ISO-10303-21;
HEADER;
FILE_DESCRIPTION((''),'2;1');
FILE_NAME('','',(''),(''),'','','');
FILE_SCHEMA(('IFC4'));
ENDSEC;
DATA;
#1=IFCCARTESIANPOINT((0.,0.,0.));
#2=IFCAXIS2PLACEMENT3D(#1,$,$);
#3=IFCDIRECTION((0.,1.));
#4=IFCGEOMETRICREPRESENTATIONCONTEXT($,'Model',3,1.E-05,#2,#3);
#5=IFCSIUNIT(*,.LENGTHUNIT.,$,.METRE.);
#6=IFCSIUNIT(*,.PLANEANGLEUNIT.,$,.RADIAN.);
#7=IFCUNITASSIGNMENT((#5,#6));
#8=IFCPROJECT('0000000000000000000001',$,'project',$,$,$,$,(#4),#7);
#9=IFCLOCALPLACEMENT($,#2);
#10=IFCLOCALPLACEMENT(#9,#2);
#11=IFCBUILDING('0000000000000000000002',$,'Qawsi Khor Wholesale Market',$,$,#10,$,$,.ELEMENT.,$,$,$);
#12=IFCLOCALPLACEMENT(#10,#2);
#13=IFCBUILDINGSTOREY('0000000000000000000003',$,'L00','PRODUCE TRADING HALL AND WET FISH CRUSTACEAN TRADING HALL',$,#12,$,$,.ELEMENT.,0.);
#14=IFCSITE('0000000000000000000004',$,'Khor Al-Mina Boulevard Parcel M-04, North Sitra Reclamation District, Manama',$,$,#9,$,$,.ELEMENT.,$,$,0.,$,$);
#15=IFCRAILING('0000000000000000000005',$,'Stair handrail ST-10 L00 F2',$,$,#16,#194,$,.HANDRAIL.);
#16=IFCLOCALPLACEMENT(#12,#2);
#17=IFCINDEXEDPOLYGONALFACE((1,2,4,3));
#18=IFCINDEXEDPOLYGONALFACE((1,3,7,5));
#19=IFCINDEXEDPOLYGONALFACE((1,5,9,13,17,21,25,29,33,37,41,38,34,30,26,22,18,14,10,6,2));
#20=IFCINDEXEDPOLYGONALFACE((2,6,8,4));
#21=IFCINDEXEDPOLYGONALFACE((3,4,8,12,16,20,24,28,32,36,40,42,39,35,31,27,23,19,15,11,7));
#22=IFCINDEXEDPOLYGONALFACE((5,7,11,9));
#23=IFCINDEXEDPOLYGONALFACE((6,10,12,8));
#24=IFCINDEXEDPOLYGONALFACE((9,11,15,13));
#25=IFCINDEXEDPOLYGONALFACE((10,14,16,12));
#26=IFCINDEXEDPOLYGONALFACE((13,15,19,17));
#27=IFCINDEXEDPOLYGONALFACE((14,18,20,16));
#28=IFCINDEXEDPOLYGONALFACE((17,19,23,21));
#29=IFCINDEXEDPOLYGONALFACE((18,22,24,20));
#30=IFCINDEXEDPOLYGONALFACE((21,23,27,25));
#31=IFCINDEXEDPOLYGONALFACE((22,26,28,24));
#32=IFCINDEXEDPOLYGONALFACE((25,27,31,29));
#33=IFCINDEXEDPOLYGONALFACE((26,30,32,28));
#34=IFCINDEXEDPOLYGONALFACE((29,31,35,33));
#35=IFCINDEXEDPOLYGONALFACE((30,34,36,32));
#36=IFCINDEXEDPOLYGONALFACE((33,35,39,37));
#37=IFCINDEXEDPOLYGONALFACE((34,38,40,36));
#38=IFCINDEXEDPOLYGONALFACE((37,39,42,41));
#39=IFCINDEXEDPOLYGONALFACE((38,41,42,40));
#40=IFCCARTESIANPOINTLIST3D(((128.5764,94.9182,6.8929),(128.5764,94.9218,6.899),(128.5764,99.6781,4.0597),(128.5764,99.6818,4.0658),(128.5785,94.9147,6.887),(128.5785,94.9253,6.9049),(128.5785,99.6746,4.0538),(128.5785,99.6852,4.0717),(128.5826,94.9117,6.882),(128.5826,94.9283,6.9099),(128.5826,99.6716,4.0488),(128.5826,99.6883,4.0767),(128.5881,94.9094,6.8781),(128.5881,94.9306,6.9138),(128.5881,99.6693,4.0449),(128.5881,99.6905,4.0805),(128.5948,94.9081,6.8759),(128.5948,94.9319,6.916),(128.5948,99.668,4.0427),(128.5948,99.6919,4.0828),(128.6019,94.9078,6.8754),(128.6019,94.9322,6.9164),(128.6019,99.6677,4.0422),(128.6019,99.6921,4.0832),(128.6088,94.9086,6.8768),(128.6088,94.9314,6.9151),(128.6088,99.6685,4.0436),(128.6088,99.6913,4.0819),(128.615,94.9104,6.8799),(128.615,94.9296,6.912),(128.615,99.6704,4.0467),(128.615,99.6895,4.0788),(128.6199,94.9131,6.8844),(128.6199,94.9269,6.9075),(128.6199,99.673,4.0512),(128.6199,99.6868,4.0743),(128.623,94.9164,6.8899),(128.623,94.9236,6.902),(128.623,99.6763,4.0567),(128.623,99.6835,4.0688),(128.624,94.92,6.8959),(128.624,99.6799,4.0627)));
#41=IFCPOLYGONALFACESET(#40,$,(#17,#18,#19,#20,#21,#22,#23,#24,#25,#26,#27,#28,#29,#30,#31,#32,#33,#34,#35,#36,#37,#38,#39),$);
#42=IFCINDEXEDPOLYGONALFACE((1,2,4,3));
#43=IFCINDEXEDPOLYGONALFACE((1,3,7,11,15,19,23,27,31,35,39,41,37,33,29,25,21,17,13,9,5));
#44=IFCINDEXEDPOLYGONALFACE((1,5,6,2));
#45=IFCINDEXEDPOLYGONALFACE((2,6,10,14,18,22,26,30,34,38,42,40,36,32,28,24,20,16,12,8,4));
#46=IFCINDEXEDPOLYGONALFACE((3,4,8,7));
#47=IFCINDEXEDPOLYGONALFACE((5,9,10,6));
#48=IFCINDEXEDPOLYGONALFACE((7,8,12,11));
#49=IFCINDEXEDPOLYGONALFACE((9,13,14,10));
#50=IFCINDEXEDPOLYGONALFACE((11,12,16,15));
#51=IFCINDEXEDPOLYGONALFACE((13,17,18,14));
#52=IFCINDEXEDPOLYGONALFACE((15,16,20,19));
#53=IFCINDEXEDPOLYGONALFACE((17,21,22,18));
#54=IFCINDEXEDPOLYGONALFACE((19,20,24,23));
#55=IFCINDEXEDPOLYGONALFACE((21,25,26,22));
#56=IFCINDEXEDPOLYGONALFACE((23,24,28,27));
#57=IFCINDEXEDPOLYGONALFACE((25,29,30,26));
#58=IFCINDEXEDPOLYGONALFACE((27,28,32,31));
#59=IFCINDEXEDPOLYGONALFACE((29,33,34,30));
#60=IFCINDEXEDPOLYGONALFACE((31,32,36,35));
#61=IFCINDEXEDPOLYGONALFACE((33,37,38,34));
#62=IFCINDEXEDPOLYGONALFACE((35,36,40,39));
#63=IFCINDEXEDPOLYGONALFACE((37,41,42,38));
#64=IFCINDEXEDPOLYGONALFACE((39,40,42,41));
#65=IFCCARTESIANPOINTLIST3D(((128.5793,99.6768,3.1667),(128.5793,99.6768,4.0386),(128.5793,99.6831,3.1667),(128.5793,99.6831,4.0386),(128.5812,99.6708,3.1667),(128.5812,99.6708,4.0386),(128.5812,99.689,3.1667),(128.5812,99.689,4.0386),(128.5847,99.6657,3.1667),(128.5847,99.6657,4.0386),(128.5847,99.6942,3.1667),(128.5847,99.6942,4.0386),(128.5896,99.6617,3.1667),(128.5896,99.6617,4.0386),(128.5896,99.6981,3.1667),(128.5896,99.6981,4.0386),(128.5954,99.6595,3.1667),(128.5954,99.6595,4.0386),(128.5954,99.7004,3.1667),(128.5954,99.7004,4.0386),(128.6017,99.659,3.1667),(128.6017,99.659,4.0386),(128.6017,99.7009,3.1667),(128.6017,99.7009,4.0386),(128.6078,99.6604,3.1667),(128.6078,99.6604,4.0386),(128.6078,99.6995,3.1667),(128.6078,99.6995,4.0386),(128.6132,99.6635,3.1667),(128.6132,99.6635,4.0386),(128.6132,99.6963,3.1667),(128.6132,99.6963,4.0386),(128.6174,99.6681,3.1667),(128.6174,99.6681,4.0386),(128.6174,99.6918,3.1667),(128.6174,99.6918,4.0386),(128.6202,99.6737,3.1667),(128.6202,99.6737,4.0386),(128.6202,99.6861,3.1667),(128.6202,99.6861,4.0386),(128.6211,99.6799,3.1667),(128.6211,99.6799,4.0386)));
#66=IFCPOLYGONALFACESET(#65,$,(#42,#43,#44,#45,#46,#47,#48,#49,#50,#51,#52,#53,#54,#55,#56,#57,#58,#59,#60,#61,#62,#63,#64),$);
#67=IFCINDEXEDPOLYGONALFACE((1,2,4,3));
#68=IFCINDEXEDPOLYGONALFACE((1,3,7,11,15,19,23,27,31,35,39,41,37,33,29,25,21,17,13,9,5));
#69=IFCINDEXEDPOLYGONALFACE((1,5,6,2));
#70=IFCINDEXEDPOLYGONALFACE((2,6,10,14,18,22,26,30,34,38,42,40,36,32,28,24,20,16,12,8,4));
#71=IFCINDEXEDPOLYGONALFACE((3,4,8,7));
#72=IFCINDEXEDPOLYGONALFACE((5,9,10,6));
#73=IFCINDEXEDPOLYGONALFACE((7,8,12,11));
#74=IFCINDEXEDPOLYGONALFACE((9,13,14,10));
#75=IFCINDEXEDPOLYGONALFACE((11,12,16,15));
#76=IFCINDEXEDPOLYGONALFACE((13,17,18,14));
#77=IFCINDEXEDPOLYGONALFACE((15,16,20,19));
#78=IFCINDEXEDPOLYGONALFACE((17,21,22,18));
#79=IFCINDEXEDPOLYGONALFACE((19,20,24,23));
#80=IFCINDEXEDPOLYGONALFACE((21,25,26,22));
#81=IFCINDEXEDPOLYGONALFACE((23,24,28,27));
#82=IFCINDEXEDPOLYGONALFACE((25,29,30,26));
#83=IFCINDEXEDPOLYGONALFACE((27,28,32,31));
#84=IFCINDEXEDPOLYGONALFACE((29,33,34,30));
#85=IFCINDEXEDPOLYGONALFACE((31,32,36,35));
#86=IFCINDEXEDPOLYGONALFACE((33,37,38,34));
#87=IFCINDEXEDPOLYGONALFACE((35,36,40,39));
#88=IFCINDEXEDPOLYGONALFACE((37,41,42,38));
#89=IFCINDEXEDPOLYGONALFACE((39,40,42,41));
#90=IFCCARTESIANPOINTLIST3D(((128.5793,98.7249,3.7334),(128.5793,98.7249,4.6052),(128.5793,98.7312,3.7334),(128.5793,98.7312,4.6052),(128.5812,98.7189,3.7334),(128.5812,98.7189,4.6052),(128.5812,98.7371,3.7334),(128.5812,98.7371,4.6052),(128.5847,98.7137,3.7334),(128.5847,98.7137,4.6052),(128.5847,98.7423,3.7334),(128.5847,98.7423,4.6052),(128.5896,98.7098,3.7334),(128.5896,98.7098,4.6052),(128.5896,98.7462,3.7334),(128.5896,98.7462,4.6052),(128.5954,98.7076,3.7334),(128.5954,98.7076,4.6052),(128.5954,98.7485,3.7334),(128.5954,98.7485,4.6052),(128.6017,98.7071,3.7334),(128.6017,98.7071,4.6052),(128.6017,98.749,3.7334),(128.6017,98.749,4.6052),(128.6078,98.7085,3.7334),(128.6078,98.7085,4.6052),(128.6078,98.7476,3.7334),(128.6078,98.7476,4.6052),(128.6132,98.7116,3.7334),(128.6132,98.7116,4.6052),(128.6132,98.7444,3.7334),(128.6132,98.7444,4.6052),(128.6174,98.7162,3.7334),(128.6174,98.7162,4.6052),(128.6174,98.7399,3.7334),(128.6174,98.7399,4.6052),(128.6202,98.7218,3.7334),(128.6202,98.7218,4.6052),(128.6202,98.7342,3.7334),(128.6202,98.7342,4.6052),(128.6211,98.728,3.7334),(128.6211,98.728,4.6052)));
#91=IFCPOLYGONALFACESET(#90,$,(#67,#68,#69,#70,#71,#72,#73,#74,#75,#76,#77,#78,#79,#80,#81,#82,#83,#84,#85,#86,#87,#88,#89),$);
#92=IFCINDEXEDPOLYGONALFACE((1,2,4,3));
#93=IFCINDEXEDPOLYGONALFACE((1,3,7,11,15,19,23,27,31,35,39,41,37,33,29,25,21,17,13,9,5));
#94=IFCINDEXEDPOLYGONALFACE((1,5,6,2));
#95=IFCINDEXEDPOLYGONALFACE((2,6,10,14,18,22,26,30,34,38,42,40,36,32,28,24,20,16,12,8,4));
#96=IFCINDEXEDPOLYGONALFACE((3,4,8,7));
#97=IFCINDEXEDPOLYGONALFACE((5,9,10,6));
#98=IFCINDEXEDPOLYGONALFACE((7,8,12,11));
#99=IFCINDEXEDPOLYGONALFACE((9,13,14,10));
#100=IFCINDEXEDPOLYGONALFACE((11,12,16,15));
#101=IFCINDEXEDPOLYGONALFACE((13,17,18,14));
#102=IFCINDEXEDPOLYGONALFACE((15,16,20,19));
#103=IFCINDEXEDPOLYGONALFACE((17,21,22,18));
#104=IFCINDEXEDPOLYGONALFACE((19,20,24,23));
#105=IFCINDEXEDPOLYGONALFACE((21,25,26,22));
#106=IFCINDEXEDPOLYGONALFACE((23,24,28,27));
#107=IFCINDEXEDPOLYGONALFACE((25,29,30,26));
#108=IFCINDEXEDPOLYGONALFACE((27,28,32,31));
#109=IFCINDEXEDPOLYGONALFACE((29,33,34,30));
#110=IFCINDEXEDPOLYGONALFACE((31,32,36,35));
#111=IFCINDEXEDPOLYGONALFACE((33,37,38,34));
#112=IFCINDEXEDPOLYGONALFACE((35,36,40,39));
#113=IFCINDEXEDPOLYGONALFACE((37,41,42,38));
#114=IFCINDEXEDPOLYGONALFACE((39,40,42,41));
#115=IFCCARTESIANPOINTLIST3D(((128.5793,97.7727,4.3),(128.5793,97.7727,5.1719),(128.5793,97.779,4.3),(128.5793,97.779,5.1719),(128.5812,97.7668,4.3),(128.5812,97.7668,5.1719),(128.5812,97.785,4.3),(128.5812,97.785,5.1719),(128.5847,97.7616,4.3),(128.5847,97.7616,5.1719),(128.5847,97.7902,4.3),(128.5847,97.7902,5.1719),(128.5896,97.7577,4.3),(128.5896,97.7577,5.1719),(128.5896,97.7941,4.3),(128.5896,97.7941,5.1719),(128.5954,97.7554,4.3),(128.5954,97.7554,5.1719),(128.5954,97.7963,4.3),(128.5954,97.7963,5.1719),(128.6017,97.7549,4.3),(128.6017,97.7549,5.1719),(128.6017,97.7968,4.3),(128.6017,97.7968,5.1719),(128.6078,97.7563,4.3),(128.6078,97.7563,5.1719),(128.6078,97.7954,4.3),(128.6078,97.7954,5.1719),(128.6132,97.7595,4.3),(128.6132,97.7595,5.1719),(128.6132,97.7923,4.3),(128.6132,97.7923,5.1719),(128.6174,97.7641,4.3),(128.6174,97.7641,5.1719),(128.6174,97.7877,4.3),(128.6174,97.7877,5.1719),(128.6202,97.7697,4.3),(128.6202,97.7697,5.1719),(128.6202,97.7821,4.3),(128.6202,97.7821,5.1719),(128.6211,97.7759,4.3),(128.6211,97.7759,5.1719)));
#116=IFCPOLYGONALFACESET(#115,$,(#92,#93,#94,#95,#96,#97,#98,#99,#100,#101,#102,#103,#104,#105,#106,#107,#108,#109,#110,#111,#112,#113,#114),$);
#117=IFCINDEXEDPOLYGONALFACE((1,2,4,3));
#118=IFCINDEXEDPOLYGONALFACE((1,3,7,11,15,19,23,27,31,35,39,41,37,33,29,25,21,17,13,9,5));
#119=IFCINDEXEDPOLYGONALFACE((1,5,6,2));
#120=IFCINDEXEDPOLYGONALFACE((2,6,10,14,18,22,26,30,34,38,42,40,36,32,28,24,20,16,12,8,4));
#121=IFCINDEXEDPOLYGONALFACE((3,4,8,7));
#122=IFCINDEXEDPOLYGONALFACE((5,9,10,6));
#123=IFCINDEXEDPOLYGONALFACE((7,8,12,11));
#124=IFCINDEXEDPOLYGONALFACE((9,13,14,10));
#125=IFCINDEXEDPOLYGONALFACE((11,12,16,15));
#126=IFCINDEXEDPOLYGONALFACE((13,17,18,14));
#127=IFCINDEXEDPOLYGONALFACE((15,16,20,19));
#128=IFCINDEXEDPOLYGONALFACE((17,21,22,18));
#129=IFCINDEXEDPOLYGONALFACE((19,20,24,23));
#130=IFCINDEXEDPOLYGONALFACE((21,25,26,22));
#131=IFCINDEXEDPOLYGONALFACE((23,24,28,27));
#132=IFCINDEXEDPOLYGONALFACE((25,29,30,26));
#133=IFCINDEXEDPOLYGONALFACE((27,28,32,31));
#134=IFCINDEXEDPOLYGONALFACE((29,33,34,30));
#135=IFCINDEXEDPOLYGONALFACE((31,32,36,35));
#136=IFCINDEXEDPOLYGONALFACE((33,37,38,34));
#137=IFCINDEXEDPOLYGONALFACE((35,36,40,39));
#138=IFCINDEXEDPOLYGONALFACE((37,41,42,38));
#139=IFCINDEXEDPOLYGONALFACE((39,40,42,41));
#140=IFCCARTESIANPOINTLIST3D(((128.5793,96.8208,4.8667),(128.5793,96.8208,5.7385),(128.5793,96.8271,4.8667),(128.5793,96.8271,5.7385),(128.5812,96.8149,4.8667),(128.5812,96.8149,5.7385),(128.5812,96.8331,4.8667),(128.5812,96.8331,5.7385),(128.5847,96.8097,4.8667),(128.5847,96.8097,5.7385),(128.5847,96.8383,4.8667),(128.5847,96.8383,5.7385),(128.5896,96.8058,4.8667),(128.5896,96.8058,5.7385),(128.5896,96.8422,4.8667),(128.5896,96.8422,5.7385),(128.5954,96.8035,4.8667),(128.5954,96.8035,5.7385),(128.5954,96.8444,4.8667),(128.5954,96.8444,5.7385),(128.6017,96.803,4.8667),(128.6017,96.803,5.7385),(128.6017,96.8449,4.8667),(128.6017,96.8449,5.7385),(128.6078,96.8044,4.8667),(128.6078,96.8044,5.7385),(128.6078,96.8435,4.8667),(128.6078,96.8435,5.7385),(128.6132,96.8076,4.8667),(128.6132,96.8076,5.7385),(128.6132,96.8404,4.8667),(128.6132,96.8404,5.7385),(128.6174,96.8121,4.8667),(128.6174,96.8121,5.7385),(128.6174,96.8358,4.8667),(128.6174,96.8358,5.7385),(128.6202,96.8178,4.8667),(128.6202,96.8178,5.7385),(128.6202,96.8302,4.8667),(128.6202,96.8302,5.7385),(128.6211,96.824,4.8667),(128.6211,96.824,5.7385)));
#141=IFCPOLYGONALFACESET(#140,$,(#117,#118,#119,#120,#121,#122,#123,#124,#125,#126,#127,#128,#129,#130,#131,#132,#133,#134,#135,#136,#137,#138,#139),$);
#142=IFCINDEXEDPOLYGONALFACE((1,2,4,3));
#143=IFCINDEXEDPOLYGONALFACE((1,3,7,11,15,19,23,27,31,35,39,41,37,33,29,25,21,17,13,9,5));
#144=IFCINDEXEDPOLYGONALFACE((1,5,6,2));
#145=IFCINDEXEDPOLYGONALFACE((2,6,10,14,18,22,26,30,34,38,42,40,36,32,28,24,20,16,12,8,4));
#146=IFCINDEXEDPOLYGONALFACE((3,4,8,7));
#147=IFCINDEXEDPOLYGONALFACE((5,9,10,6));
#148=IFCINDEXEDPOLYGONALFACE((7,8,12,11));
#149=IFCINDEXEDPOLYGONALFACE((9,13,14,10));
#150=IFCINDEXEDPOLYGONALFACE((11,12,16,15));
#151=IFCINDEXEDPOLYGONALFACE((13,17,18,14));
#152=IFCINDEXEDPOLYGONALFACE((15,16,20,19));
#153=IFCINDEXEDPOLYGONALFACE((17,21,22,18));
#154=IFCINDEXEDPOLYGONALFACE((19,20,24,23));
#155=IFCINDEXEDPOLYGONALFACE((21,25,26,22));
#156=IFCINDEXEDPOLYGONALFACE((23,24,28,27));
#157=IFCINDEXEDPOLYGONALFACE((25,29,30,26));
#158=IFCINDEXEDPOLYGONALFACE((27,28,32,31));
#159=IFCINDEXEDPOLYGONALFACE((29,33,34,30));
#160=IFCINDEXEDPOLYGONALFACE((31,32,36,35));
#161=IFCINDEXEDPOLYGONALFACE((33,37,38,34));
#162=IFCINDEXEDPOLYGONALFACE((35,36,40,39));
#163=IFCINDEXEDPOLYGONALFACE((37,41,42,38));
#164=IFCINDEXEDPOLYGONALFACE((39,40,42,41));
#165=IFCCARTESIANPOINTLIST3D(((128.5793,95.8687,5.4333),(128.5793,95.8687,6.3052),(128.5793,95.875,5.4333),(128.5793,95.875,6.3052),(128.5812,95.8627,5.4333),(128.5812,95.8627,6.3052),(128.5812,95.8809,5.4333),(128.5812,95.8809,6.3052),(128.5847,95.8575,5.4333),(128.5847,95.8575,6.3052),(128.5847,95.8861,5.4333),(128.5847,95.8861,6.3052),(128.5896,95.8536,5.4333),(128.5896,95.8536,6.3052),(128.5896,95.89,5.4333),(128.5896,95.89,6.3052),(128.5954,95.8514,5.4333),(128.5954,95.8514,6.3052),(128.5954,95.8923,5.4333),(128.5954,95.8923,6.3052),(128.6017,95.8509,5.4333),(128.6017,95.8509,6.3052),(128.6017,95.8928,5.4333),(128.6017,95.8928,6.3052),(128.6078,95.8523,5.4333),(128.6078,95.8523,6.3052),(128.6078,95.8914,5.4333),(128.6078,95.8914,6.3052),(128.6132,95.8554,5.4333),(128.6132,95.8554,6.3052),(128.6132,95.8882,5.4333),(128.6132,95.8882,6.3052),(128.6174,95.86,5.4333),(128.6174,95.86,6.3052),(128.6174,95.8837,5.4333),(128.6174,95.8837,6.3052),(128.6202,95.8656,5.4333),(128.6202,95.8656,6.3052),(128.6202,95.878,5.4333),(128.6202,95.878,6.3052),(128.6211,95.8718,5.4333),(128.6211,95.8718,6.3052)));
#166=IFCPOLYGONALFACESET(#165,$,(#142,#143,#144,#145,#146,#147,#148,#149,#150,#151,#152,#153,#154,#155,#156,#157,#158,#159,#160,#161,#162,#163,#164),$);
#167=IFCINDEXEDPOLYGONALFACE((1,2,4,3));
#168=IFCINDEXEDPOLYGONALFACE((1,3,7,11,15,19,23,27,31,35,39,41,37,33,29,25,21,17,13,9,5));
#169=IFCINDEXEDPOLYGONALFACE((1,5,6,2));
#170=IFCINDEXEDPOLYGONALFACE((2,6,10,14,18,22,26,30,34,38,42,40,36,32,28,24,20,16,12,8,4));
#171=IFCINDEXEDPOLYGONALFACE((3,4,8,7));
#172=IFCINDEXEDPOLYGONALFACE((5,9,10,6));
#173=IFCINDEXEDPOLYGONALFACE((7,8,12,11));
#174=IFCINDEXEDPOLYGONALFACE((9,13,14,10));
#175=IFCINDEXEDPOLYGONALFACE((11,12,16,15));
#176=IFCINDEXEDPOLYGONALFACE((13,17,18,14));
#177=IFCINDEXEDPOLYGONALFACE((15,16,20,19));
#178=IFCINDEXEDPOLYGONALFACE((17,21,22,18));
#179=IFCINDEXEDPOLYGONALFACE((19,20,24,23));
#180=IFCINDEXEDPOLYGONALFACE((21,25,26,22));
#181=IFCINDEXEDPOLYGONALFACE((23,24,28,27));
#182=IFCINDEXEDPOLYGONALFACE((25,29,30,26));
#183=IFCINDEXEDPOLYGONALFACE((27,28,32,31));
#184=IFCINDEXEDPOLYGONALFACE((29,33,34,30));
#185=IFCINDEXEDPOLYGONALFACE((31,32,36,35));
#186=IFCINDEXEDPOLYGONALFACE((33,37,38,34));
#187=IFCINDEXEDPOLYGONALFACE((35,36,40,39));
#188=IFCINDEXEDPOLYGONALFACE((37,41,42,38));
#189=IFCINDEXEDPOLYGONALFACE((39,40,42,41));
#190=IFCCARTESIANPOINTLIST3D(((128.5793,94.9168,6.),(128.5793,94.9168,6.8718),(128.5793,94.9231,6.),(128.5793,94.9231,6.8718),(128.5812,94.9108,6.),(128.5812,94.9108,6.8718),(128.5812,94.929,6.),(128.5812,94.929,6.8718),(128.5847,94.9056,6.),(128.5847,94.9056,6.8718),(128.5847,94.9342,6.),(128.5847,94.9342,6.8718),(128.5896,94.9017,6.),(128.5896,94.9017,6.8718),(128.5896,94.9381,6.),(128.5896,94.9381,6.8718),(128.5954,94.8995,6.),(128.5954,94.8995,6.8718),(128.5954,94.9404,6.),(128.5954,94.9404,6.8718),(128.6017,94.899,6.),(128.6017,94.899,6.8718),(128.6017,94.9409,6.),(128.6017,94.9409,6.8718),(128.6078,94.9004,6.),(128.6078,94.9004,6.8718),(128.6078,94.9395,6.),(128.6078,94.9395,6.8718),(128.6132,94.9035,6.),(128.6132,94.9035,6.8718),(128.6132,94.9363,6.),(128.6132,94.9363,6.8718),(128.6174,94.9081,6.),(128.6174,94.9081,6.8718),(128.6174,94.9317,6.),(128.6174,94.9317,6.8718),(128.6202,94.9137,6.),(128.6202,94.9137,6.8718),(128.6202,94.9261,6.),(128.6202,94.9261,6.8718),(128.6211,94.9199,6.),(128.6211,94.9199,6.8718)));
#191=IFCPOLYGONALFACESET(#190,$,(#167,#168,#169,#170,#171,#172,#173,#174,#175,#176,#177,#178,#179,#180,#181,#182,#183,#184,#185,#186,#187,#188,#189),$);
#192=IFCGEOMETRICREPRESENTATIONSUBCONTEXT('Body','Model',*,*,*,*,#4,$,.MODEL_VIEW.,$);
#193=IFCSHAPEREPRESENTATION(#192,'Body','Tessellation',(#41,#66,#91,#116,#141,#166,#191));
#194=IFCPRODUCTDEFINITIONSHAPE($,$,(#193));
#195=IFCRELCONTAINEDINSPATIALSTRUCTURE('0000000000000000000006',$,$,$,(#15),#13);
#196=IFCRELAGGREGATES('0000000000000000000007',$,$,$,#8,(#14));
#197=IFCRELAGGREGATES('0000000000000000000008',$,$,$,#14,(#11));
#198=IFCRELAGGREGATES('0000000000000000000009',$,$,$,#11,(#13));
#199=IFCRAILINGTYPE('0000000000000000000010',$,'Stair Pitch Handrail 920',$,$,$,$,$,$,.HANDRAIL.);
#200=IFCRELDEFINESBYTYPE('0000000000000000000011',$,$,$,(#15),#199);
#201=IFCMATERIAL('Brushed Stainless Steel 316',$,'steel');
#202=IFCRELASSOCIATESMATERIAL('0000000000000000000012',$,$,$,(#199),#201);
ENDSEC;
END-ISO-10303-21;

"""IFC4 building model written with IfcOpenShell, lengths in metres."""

from ifc_helpers import new_model, si_unit, direction, frame, origin, origin_2d, place, context, subcontext, project, spatial, circle, extrude, material, type_object, element, save


model = new_model("IFC4")

# Units and contexts
model_context = context("Model", 3, precision=1e-05, world=origin(), true_north=direction((0.0, 1.0)))
body_context = subcontext(model_context, "Body", "Model", "MODEL_VIEW")
ifc_project = project(units=[si_unit("LENGTHUNIT", "METRE"), si_unit("PLANEANGLEUNIT", "RADIAN")], contexts=[model_context])

# Site, building, storey
site_placement = place(None, origin())
site = spatial("IfcSite", under=ifc_project, at=site_placement, Name="Khor Al-Mina Boulevard Parcel M-04, North Sitra Reclamation District, Manama", CompositionType="ELEMENT", RefElevation=0.0)
building_placement = place(site_placement, origin())
building = spatial("IfcBuilding", under=site, at=building_placement, Name="Qawsi Khor Wholesale Market", CompositionType="ELEMENT")
storey_placement = place(building_placement, origin())
storey = spatial("IfcBuildingStorey", under=building, at=storey_placement, Name="L00", Description="PRODUCE TRADING HALL AND WET FISH CRUSTACEAN TRADING HALL", CompositionType="ELEMENT", Elevation=0.0)

# Railing
ifc_material_1 = material(Name="Brushed Stainless Steel 316", Category="steel")
railing_type = type_object("IfcRailingType", Name="Stair Pitch Handrail 920", PredefinedType="HANDRAIL", material=ifc_material_1)
railing_placement = place(storey_placement, frame((128.6001, 99.6799, 3.1667)))
element("IfcRailing", 1, at=railing_placement, inside=storey, type_object=railing_type, Name="Stair handrail ST-10 L00 F2", PredefinedType="HANDRAIL", context=body_context, shape_type="SweptSolid", body=[
    extrude(circle(Radius=0.0239, at=origin_2d()), frame((0.0, 0.0, 0.896), z_axis=(0.0, -0.8593, 0.511472), x_axis=(1.0, 0.0, 0.0)), (0.0, 0.0, 1.0), 5.5393),
    extrude(circle(Radius=0.021, at=origin_2d()), origin(), (0.0, 0.0, 1.0), 0.8718),
    extrude(circle(Radius=0.021, at=origin_2d()), frame((0.0, -0.9519, 0.5667)), (0.0, 0.0, 1.0), 0.8718),
    extrude(circle(Radius=0.021, at=origin_2d()), frame((0.0, -1.9041, 1.1333)), (0.0, 0.0, 1.0), 0.8718),
    extrude(circle(Radius=0.021, at=origin_2d()), frame((0.0, -2.856, 1.7)), (0.0, 0.0, 1.0), 0.8718),
    extrude(circle(Radius=0.021, at=origin_2d()), frame((0.0, -3.8081, 2.2666)), (0.0, 0.0, 1.0), 0.8718),
    extrude(circle(Radius=0.021, at=origin_2d()), frame((0.0, -4.76, 2.8333)), (0.0, 0.0, 1.0), 0.8718),
])

save(model, "model.ifc")
